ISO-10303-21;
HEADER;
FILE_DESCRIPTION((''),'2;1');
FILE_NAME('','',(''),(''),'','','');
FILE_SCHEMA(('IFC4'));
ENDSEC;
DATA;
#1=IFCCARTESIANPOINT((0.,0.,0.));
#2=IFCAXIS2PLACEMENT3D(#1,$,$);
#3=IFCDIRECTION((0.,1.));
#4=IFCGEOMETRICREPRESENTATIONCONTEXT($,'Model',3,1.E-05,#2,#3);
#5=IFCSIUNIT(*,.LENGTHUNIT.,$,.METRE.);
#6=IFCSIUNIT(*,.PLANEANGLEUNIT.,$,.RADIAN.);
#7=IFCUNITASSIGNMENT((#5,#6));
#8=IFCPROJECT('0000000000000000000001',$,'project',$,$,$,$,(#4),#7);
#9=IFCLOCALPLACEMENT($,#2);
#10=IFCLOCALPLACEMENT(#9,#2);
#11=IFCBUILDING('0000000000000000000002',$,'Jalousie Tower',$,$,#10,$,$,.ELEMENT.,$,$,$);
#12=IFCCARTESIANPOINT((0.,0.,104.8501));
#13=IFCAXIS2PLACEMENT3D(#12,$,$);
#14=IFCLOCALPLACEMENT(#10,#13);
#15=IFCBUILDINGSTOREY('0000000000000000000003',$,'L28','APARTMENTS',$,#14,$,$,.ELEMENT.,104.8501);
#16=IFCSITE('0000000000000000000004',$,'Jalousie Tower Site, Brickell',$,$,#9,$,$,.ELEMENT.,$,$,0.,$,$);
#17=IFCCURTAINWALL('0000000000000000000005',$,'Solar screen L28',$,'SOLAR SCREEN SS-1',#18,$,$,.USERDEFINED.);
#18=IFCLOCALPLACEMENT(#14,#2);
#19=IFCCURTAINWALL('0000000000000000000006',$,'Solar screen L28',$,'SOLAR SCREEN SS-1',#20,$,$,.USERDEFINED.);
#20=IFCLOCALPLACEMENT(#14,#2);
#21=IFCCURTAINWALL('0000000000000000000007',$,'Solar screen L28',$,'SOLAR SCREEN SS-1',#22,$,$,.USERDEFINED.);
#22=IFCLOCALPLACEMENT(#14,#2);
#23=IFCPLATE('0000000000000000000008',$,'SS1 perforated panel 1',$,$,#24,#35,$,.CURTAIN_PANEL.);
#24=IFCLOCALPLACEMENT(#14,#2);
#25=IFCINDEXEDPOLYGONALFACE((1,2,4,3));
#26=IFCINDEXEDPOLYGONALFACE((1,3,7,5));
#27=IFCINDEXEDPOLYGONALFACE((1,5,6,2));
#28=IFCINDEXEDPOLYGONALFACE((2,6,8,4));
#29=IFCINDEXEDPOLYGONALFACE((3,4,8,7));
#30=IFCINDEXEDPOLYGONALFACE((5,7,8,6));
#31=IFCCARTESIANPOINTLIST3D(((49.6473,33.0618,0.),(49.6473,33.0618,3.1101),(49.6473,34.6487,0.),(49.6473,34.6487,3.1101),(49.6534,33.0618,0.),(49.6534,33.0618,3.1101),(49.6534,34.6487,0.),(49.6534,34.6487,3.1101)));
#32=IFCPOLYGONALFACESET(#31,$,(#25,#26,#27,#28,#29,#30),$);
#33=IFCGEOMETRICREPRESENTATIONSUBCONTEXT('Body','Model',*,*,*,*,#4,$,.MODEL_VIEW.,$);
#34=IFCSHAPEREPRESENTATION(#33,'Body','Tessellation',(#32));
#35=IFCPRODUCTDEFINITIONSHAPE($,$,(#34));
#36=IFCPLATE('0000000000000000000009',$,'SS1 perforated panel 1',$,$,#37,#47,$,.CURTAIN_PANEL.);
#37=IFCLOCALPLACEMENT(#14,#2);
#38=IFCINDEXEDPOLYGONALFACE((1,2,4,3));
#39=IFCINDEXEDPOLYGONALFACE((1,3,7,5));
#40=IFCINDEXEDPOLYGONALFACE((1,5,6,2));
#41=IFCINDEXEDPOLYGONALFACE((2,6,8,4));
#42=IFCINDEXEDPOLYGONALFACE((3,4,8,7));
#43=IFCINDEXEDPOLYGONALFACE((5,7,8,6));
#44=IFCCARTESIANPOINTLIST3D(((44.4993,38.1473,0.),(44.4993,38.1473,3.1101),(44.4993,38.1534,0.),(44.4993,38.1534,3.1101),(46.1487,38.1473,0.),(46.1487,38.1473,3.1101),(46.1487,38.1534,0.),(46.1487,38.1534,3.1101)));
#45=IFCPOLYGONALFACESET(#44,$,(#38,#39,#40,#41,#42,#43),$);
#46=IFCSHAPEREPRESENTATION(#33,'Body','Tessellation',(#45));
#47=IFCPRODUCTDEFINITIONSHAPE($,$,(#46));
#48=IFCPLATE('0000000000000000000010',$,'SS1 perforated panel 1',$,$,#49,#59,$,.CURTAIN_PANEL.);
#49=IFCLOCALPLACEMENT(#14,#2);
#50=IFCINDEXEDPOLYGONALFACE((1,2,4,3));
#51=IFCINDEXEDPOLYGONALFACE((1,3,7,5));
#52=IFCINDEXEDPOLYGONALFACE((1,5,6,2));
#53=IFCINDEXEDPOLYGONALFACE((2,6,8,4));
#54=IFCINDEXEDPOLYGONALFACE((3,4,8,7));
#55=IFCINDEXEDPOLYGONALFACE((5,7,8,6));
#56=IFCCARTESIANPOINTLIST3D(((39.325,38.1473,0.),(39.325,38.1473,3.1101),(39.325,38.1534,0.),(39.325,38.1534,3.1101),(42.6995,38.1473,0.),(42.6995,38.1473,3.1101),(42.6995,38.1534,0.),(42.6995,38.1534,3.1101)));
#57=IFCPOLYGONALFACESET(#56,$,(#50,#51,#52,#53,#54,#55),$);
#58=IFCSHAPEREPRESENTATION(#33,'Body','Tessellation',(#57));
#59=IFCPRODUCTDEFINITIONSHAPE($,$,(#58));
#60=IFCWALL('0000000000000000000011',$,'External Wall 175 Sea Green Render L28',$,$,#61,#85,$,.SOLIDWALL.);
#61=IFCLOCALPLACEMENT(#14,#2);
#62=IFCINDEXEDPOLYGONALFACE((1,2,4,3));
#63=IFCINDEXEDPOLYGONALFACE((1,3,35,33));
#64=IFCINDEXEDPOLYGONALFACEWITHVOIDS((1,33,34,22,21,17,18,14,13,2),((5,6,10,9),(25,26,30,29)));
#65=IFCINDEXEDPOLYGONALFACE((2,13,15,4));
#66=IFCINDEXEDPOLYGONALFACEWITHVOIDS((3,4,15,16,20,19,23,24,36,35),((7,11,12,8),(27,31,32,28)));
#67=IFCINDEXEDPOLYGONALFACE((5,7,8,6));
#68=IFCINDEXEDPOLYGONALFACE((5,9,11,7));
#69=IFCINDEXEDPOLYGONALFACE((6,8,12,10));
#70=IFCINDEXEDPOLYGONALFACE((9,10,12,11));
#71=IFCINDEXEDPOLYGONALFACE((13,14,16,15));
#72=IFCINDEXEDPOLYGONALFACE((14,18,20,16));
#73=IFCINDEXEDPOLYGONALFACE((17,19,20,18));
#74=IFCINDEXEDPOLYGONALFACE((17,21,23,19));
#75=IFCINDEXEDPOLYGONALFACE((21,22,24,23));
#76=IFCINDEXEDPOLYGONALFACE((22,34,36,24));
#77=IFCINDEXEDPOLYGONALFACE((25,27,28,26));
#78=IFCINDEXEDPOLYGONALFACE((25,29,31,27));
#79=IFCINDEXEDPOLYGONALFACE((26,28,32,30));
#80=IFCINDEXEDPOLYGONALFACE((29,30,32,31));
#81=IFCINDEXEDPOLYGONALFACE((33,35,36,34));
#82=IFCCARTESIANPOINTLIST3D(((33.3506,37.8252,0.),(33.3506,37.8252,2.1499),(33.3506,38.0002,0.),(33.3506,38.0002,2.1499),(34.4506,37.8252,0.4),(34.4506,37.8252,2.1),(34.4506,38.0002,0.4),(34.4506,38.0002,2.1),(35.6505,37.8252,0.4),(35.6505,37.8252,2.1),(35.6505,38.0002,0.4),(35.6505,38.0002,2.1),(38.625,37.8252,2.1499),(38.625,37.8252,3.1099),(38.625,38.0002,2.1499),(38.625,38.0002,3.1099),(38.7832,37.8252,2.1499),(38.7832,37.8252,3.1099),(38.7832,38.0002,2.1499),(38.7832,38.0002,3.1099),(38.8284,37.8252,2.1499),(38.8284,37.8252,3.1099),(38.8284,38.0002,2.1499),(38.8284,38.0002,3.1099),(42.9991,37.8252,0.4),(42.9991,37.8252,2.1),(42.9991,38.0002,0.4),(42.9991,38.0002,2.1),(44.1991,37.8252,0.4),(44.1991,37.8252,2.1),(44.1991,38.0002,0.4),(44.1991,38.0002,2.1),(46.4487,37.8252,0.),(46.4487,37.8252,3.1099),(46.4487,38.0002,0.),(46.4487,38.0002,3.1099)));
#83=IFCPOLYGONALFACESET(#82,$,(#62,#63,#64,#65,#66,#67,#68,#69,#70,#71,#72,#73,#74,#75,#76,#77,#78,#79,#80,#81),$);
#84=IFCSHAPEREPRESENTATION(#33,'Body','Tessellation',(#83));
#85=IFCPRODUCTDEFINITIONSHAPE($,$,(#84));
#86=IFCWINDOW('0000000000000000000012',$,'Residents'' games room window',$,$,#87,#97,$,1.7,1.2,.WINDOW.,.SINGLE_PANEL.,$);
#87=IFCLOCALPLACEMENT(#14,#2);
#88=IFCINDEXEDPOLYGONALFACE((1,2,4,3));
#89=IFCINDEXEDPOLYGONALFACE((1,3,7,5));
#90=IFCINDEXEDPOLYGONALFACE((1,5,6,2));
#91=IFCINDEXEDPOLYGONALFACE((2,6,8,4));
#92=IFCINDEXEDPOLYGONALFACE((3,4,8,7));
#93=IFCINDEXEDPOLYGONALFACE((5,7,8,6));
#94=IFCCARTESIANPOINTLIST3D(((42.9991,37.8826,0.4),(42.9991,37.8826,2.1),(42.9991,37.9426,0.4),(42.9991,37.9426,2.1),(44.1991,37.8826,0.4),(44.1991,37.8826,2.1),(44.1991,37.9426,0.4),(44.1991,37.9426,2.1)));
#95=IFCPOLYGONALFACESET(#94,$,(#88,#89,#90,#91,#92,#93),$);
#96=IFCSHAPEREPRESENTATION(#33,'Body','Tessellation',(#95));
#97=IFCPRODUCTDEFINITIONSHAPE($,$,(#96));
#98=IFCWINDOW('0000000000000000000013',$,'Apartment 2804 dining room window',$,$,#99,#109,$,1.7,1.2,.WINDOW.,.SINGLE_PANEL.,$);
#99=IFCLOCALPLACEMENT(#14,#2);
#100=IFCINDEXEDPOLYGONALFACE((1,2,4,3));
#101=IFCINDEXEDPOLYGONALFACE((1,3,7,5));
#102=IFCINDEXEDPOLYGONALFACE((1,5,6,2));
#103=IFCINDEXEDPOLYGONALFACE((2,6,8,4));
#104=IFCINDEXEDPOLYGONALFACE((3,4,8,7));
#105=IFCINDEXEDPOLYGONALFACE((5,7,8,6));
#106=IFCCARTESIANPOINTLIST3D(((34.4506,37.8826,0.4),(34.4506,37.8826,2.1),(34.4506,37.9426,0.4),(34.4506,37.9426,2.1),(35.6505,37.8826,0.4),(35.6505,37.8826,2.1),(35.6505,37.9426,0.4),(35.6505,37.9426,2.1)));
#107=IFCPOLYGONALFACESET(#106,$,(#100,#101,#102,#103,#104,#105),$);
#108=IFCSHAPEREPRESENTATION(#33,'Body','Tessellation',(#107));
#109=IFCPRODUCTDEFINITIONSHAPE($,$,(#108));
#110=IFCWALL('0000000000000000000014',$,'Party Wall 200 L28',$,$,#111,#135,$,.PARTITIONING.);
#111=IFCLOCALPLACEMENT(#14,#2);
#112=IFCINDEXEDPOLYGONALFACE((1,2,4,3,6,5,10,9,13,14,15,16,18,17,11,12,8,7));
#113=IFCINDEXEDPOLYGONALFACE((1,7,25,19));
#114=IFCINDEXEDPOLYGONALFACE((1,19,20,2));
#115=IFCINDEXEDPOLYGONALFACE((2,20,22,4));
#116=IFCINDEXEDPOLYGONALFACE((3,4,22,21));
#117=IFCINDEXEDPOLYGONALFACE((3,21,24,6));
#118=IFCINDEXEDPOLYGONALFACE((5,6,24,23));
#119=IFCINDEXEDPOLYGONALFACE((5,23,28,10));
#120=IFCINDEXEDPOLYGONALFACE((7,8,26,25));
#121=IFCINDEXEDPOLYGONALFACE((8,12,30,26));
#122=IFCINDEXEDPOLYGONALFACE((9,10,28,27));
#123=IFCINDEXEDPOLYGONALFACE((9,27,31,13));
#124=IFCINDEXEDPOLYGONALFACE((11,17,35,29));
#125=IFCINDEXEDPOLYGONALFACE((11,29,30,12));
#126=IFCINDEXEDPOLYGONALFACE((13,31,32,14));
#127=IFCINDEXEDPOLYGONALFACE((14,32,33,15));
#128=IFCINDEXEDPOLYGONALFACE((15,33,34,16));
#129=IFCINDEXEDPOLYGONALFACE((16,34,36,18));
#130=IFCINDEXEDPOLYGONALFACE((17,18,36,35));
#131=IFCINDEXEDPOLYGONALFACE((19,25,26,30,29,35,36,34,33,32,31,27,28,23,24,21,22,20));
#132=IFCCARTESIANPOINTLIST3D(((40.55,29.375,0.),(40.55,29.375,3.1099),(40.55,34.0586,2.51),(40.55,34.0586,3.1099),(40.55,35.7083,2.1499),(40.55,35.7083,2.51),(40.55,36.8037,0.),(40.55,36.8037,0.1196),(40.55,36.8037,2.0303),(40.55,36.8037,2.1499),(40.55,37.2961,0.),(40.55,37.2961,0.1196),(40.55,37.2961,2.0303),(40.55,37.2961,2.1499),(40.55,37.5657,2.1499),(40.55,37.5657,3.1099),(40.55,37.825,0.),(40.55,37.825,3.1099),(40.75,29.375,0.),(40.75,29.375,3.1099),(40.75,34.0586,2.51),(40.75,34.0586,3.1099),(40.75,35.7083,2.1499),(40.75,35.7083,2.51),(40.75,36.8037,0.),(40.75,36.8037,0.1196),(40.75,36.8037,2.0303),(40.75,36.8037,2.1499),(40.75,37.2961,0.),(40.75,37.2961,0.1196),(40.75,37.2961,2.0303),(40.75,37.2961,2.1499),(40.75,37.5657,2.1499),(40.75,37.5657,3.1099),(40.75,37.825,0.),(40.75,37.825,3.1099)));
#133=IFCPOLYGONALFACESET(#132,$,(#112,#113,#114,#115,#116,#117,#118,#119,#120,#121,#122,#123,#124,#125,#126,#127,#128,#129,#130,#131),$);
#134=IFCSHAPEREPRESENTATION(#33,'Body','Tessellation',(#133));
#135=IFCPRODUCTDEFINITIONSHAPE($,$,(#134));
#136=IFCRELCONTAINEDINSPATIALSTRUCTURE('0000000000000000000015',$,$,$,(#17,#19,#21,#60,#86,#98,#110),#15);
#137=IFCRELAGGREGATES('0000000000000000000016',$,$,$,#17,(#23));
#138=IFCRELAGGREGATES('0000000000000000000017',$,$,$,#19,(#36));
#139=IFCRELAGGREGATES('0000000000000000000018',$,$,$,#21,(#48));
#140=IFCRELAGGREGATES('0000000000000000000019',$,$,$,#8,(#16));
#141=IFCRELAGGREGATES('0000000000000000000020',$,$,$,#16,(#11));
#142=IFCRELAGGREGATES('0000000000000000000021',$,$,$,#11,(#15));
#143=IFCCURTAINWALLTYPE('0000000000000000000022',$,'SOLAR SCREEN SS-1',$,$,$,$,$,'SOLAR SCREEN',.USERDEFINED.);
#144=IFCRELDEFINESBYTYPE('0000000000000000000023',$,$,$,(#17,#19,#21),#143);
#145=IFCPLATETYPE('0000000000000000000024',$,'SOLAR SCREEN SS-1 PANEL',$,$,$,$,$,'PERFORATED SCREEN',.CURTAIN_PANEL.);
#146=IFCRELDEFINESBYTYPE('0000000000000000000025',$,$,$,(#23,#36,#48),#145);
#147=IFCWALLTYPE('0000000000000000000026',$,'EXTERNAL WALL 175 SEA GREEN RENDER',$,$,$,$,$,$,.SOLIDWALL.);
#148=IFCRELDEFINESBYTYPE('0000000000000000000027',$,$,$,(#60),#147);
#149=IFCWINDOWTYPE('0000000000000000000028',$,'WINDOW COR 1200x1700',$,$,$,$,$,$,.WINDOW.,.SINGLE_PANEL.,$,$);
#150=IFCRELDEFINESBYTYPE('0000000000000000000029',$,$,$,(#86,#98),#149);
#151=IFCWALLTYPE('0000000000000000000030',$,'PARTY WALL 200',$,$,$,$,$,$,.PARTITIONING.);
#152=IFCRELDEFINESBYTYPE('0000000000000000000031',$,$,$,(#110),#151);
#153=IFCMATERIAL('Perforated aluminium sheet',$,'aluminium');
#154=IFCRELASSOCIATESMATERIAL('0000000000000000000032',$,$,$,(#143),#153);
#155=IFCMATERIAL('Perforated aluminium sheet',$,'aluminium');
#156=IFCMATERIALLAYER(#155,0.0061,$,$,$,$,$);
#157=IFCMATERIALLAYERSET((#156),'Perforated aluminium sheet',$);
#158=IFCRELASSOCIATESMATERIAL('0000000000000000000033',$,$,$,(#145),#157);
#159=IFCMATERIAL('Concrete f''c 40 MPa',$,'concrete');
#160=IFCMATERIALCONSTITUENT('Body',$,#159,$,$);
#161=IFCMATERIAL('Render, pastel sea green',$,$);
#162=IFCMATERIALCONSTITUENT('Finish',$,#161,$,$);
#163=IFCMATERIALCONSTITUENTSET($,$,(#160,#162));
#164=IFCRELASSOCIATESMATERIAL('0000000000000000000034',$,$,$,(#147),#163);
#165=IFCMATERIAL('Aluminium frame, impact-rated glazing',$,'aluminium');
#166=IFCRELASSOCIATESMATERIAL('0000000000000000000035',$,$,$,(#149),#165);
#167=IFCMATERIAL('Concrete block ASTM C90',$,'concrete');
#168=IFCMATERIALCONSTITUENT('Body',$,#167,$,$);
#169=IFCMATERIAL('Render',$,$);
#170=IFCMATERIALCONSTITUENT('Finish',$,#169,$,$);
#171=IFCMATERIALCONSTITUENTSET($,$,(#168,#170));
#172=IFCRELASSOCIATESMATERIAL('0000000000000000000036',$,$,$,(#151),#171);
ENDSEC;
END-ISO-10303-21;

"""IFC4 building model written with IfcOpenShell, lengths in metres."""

from ifc_helpers import new_model, si_unit, direction, frame, frame_2d, origin, origin_2d, place, context, subcontext, project, spatial, polyline, rectangle, outline, extrude, material, layer, layer_set, constituent, constituent_set, type_object, element, fill, aggregate, save


model = new_model("IFC4")

# Units and contexts
model_context = context("Model", 3, precision=1e-05, world=origin(), true_north=direction((0.0, 1.0)))
body_context = subcontext(model_context, "Body", "Model", "MODEL_VIEW")
ifc_project = project(units=[si_unit("LENGTHUNIT", "METRE"), si_unit("PLANEANGLEUNIT", "RADIAN")], contexts=[model_context])

# Site, building, storey
site_placement = place(None, origin())
site = spatial("IfcSite", under=ifc_project, at=site_placement, Name="Jalousie Tower Site, Brickell", CompositionType="ELEMENT", RefElevation=0.0)
building_placement = place(site_placement, origin())
building = spatial("IfcBuilding", under=site, at=building_placement, Name="Jalousie Tower", CompositionType="ELEMENT")
storey_placement = place(building_placement, frame((0.0, 0.0, 104.8501)))
storey = spatial("IfcBuildingStorey", under=building, at=storey_placement, Name="L28", Description="APARTMENTS", CompositionType="ELEMENT", Elevation=104.8501)

# Curtain wall
ifc_material_1 = material(Name="Perforated aluminium sheet", Category="aluminium")
curtain_wall_type_1 = type_object("IfcCurtainWallType", Name="SOLAR SCREEN SS-1", ElementType="SOLAR SCREEN", PredefinedType="USERDEFINED", material=ifc_material_1)
curtain_wall_1_placement = place(storey_placement, origin())
curtain_wall_1 = element("IfcCurtainWall", 1, at=curtain_wall_1_placement, inside=storey, type_object=curtain_wall_type_1, Name="Solar screen L28", ObjectType="SOLAR SCREEN SS-1", PredefinedType="USERDEFINED")

# Curtain wall
curtain_wall_2_placement = place(storey_placement, origin())
curtain_wall_2 = element("IfcCurtainWall", 2, at=curtain_wall_2_placement, inside=storey, type_object=curtain_wall_type_1, Name="Solar screen L28", ObjectType="SOLAR SCREEN SS-1", PredefinedType="USERDEFINED")

# Curtain wall
curtain_wall_3_placement = place(storey_placement, origin())
curtain_wall_3 = element("IfcCurtainWall", 3, at=curtain_wall_3_placement, inside=storey, type_object=curtain_wall_type_1, Name="Solar screen L28", ObjectType="SOLAR SCREEN SS-1", PredefinedType="USERDEFINED")

# Plates
ifc_material_2 = material(Name="Perforated aluminium sheet", Category="aluminium")
ifc_layer_1 = layer(ifc_material_2, 0.0061)
ifc_layer_set_1 = layer_set([ifc_layer_1], Name="Perforated aluminium sheet")
plate_type_1 = type_object("IfcPlateType", Name="SOLAR SCREEN SS-1 PANEL", ElementType="PERFORATED SCREEN", PredefinedType="CURTAIN_PANEL", material=ifc_layer_set_1)
plate_1_placement = place(storey_placement, frame((49.6504, 33.8552, 0.0), z_axis=(0.0, 0.0, 1.0), x_axis=(0.0, 1.0, 0.0)))
plate_1 = element("IfcPlate", 4, at=plate_1_placement, type_object=plate_type_1, Name="SS1 perforated panel 1", PredefinedType="CURTAIN_PANEL", context=body_context, shape_type="SweptSolid", body=[
    extrude(rectangle(XDim=1.5869, YDim=0.0061, at=origin_2d()), origin(), (0.0, 0.0, 1.0), 3.1101),
])
aggregate(curtain_wall_1, [plate_1])
plate_2_placement = place(storey_placement, frame((45.324, 38.1504, 0.0), z_axis=(0.0, 0.0, 1.0), x_axis=(-1.0, 0.0, 0.0)))
plate_2 = element("IfcPlate", 5, at=plate_2_placement, type_object=plate_type_1, Name="SS1 perforated panel 1", PredefinedType="CURTAIN_PANEL", context=body_context, shape_type="SweptSolid", body=[
    extrude(rectangle(XDim=1.6494, YDim=0.0061, at=origin_2d()), origin(), (0.0, 0.0, 1.0), 3.1101),
])
aggregate(curtain_wall_2, [plate_2])
plate_3_placement = place(storey_placement, frame((41.0122, 38.1504, 0.0), z_axis=(0.0, 0.0, 1.0), x_axis=(-1.0, 0.0, 0.0)))
plate_3 = element("IfcPlate", 6, at=plate_3_placement, type_object=plate_type_1, Name="SS1 perforated panel 1", PredefinedType="CURTAIN_PANEL", context=body_context, shape_type="SweptSolid", body=[
    extrude(rectangle(XDim=3.3745, YDim=0.0061, at=origin_2d()), origin(), (0.0, 0.0, 1.0), 3.1101),
])
aggregate(curtain_wall_3, [plate_3])

# Wall, openings, windows
ifc_material_3 = material(Name="Concrete f'c 40 MPa", Category="concrete")
ifc_constituent_1 = constituent(ifc_material_3, Name="Body")
ifc_material_4 = material(Name="Render, pastel sea green")
ifc_constituent_2 = constituent(ifc_material_4, Name="Finish")
ifc_constituent_set_1 = constituent_set(constituents=[ifc_constituent_1, ifc_constituent_2])
wall_type_1 = type_object("IfcWallType", Name="EXTERNAL WALL 175 SEA GREEN RENDER", PredefinedType="SOLIDWALL", material=ifc_constituent_set_1)
wall_1_placement = place(storey_placement, frame((46.4487, 37.9126, 0.0), z_axis=(0.0, 0.0, 1.0), x_axis=(-1.0, 0.0, 0.0)))
wall_1 = element("IfcWall", 7, at=wall_1_placement, inside=storey, type_object=wall_type_1, Name="External Wall 175 Sea Green Render L28", PredefinedType="SOLIDWALL", context=body_context, shape_type="SweptSolid", body=[
    extrude(outline(polyline([(0.0, 0.0), (13.0981, 0.0), (13.0981, 2.1499), (7.8237, 2.1499), (7.8237, 3.1099), (7.6655, 3.1099), (7.6655, 2.1499), (7.6204, 2.1499), (7.6204, 3.1099), (0.0, 3.1099), (0.0, 0.0)])), frame((0.0, 0.0874, 0.0), z_axis=(0.0, -1.0, 0.0), x_axis=(1.0, 0.0, 0.0)), (0.0, 0.0, 1.0), 0.175),
])
opening_1_placement = place(wall_1_placement, frame((2.2495, 0.0, 0.3999)))
opening_1 = element("IfcOpeningElement", 8, at=opening_1_placement, cuts=wall_1, PredefinedType="OPENING", context=body_context, shape_type="SweptSolid", body=[
    extrude(rectangle(XDim=1.2, YDim=1.7, at=frame_2d((0.6001, 0.8501))), frame((0.0, 0.0974, 0.0), z_axis=(0.0, -1.0, 0.0), x_axis=(1.0, 0.0, 0.0)), (0.0, 0.0, 1.0), 0.1951),
])
opening_2_placement = place(wall_1_placement, frame((10.7981, 0.0, 0.3999)))
opening_2 = element("IfcOpeningElement", 9, at=opening_2_placement, cuts=wall_1, PredefinedType="OPENING", context=body_context, shape_type="SweptSolid", body=[
    extrude(rectangle(XDim=1.2, YDim=1.7, at=frame_2d((0.6001, 0.8501))), frame((0.0, 0.0974, 0.0), z_axis=(0.0, -1.0, 0.0), x_axis=(1.0, 0.0, 0.0)), (0.0, 0.0, 1.0), 0.1951),
])
ifc_material_5 = material(Name="Aluminium frame, impact-rated glazing", Category="aluminium")
window_type = type_object("IfcWindowType", Name="WINDOW COR 1200x1700", PartitioningType="SINGLE_PANEL", PredefinedType="WINDOW", material=ifc_material_5)
window_1_placement = place(opening_1_placement, origin())
window_1 = element("IfcWindow", 10, at=window_1_placement, inside=storey, type_object=window_type, Name="Residents' games room window", OverallHeight=1.7, OverallWidth=1.2, PartitioningType="SINGLE_PANEL", PredefinedType="WINDOW", context=body_context, shape_type="SweptSolid", body=[
    extrude(rectangle(XDim=1.2, YDim=1.7, at=frame_2d((0.6001, 0.8501))), frame((0.0, 0.03, 0.0), z_axis=(0.0, -1.0, 0.0), x_axis=(1.0, 0.0, 0.0)), (0.0, 0.0, 1.0), 0.0601),
])
fill(opening_1, window_1)
window_2_placement = place(opening_2_placement, origin())
window_2 = element("IfcWindow", 11, at=window_2_placement, inside=storey, type_object=window_type, Name="Apartment 2804 dining room window", OverallHeight=1.7, OverallWidth=1.2, PartitioningType="SINGLE_PANEL", PredefinedType="WINDOW", context=body_context, shape_type="SweptSolid", body=[
    extrude(rectangle(XDim=1.2, YDim=1.7, at=frame_2d((0.6001, 0.8501))), frame((0.0, 0.03, 0.0), z_axis=(0.0, -1.0, 0.0), x_axis=(1.0, 0.0, 0.0)), (0.0, 0.0, 1.0), 0.0601),
])
fill(opening_2, window_2)

# Wall
ifc_material_6 = material(Name="Concrete block ASTM C90", Category="concrete")
ifc_constituent_3 = constituent(ifc_material_6, Name="Body")
ifc_material_7 = material(Name="Render")
ifc_constituent_4 = constituent(ifc_material_7, Name="Finish")
ifc_constituent_set_2 = constituent_set(constituents=[ifc_constituent_3, ifc_constituent_4])
wall_type_2 = type_object("IfcWallType", Name="PARTY WALL 200", PredefinedType="PARTITIONING", material=ifc_constituent_set_2)
wall_2_placement = place(storey_placement, frame((40.6499, 37.825, 0.0), z_axis=(0.0, 0.0, 1.0), x_axis=(0.0, -1.0, 0.0)))
element("IfcWall", 12, at=wall_2_placement, inside=storey, type_object=wall_type_2, Name="Party Wall 200 L28", PredefinedType="PARTITIONING", context=body_context, shape_type="SweptSolid", body=[
    extrude(outline(polyline([(0.2593, 3.1099), (0.0, 3.1099), (0.0, 0.0), (0.5288, 0.0), (0.5288, 0.1196), (1.0212, 0.1196), (1.0212, 0.0), (8.45, 0.0), (8.45, 3.1099), (3.7664, 3.1099), (3.7664, 2.51), (2.1167, 2.51), (2.1167, 2.1499), (1.0212, 2.1499), (1.0212, 2.0303), (0.5288, 2.0303), (0.5288, 2.1499), (0.2593, 2.1499), (0.2593, 3.1099)])), frame((0.0, 0.1001, 0.0), z_axis=(0.0, -1.0, 0.0), x_axis=(1.0, 0.0, 0.0)), (0.0, 0.0, 1.0), 0.2),
])

save(model, "model.ifc")
